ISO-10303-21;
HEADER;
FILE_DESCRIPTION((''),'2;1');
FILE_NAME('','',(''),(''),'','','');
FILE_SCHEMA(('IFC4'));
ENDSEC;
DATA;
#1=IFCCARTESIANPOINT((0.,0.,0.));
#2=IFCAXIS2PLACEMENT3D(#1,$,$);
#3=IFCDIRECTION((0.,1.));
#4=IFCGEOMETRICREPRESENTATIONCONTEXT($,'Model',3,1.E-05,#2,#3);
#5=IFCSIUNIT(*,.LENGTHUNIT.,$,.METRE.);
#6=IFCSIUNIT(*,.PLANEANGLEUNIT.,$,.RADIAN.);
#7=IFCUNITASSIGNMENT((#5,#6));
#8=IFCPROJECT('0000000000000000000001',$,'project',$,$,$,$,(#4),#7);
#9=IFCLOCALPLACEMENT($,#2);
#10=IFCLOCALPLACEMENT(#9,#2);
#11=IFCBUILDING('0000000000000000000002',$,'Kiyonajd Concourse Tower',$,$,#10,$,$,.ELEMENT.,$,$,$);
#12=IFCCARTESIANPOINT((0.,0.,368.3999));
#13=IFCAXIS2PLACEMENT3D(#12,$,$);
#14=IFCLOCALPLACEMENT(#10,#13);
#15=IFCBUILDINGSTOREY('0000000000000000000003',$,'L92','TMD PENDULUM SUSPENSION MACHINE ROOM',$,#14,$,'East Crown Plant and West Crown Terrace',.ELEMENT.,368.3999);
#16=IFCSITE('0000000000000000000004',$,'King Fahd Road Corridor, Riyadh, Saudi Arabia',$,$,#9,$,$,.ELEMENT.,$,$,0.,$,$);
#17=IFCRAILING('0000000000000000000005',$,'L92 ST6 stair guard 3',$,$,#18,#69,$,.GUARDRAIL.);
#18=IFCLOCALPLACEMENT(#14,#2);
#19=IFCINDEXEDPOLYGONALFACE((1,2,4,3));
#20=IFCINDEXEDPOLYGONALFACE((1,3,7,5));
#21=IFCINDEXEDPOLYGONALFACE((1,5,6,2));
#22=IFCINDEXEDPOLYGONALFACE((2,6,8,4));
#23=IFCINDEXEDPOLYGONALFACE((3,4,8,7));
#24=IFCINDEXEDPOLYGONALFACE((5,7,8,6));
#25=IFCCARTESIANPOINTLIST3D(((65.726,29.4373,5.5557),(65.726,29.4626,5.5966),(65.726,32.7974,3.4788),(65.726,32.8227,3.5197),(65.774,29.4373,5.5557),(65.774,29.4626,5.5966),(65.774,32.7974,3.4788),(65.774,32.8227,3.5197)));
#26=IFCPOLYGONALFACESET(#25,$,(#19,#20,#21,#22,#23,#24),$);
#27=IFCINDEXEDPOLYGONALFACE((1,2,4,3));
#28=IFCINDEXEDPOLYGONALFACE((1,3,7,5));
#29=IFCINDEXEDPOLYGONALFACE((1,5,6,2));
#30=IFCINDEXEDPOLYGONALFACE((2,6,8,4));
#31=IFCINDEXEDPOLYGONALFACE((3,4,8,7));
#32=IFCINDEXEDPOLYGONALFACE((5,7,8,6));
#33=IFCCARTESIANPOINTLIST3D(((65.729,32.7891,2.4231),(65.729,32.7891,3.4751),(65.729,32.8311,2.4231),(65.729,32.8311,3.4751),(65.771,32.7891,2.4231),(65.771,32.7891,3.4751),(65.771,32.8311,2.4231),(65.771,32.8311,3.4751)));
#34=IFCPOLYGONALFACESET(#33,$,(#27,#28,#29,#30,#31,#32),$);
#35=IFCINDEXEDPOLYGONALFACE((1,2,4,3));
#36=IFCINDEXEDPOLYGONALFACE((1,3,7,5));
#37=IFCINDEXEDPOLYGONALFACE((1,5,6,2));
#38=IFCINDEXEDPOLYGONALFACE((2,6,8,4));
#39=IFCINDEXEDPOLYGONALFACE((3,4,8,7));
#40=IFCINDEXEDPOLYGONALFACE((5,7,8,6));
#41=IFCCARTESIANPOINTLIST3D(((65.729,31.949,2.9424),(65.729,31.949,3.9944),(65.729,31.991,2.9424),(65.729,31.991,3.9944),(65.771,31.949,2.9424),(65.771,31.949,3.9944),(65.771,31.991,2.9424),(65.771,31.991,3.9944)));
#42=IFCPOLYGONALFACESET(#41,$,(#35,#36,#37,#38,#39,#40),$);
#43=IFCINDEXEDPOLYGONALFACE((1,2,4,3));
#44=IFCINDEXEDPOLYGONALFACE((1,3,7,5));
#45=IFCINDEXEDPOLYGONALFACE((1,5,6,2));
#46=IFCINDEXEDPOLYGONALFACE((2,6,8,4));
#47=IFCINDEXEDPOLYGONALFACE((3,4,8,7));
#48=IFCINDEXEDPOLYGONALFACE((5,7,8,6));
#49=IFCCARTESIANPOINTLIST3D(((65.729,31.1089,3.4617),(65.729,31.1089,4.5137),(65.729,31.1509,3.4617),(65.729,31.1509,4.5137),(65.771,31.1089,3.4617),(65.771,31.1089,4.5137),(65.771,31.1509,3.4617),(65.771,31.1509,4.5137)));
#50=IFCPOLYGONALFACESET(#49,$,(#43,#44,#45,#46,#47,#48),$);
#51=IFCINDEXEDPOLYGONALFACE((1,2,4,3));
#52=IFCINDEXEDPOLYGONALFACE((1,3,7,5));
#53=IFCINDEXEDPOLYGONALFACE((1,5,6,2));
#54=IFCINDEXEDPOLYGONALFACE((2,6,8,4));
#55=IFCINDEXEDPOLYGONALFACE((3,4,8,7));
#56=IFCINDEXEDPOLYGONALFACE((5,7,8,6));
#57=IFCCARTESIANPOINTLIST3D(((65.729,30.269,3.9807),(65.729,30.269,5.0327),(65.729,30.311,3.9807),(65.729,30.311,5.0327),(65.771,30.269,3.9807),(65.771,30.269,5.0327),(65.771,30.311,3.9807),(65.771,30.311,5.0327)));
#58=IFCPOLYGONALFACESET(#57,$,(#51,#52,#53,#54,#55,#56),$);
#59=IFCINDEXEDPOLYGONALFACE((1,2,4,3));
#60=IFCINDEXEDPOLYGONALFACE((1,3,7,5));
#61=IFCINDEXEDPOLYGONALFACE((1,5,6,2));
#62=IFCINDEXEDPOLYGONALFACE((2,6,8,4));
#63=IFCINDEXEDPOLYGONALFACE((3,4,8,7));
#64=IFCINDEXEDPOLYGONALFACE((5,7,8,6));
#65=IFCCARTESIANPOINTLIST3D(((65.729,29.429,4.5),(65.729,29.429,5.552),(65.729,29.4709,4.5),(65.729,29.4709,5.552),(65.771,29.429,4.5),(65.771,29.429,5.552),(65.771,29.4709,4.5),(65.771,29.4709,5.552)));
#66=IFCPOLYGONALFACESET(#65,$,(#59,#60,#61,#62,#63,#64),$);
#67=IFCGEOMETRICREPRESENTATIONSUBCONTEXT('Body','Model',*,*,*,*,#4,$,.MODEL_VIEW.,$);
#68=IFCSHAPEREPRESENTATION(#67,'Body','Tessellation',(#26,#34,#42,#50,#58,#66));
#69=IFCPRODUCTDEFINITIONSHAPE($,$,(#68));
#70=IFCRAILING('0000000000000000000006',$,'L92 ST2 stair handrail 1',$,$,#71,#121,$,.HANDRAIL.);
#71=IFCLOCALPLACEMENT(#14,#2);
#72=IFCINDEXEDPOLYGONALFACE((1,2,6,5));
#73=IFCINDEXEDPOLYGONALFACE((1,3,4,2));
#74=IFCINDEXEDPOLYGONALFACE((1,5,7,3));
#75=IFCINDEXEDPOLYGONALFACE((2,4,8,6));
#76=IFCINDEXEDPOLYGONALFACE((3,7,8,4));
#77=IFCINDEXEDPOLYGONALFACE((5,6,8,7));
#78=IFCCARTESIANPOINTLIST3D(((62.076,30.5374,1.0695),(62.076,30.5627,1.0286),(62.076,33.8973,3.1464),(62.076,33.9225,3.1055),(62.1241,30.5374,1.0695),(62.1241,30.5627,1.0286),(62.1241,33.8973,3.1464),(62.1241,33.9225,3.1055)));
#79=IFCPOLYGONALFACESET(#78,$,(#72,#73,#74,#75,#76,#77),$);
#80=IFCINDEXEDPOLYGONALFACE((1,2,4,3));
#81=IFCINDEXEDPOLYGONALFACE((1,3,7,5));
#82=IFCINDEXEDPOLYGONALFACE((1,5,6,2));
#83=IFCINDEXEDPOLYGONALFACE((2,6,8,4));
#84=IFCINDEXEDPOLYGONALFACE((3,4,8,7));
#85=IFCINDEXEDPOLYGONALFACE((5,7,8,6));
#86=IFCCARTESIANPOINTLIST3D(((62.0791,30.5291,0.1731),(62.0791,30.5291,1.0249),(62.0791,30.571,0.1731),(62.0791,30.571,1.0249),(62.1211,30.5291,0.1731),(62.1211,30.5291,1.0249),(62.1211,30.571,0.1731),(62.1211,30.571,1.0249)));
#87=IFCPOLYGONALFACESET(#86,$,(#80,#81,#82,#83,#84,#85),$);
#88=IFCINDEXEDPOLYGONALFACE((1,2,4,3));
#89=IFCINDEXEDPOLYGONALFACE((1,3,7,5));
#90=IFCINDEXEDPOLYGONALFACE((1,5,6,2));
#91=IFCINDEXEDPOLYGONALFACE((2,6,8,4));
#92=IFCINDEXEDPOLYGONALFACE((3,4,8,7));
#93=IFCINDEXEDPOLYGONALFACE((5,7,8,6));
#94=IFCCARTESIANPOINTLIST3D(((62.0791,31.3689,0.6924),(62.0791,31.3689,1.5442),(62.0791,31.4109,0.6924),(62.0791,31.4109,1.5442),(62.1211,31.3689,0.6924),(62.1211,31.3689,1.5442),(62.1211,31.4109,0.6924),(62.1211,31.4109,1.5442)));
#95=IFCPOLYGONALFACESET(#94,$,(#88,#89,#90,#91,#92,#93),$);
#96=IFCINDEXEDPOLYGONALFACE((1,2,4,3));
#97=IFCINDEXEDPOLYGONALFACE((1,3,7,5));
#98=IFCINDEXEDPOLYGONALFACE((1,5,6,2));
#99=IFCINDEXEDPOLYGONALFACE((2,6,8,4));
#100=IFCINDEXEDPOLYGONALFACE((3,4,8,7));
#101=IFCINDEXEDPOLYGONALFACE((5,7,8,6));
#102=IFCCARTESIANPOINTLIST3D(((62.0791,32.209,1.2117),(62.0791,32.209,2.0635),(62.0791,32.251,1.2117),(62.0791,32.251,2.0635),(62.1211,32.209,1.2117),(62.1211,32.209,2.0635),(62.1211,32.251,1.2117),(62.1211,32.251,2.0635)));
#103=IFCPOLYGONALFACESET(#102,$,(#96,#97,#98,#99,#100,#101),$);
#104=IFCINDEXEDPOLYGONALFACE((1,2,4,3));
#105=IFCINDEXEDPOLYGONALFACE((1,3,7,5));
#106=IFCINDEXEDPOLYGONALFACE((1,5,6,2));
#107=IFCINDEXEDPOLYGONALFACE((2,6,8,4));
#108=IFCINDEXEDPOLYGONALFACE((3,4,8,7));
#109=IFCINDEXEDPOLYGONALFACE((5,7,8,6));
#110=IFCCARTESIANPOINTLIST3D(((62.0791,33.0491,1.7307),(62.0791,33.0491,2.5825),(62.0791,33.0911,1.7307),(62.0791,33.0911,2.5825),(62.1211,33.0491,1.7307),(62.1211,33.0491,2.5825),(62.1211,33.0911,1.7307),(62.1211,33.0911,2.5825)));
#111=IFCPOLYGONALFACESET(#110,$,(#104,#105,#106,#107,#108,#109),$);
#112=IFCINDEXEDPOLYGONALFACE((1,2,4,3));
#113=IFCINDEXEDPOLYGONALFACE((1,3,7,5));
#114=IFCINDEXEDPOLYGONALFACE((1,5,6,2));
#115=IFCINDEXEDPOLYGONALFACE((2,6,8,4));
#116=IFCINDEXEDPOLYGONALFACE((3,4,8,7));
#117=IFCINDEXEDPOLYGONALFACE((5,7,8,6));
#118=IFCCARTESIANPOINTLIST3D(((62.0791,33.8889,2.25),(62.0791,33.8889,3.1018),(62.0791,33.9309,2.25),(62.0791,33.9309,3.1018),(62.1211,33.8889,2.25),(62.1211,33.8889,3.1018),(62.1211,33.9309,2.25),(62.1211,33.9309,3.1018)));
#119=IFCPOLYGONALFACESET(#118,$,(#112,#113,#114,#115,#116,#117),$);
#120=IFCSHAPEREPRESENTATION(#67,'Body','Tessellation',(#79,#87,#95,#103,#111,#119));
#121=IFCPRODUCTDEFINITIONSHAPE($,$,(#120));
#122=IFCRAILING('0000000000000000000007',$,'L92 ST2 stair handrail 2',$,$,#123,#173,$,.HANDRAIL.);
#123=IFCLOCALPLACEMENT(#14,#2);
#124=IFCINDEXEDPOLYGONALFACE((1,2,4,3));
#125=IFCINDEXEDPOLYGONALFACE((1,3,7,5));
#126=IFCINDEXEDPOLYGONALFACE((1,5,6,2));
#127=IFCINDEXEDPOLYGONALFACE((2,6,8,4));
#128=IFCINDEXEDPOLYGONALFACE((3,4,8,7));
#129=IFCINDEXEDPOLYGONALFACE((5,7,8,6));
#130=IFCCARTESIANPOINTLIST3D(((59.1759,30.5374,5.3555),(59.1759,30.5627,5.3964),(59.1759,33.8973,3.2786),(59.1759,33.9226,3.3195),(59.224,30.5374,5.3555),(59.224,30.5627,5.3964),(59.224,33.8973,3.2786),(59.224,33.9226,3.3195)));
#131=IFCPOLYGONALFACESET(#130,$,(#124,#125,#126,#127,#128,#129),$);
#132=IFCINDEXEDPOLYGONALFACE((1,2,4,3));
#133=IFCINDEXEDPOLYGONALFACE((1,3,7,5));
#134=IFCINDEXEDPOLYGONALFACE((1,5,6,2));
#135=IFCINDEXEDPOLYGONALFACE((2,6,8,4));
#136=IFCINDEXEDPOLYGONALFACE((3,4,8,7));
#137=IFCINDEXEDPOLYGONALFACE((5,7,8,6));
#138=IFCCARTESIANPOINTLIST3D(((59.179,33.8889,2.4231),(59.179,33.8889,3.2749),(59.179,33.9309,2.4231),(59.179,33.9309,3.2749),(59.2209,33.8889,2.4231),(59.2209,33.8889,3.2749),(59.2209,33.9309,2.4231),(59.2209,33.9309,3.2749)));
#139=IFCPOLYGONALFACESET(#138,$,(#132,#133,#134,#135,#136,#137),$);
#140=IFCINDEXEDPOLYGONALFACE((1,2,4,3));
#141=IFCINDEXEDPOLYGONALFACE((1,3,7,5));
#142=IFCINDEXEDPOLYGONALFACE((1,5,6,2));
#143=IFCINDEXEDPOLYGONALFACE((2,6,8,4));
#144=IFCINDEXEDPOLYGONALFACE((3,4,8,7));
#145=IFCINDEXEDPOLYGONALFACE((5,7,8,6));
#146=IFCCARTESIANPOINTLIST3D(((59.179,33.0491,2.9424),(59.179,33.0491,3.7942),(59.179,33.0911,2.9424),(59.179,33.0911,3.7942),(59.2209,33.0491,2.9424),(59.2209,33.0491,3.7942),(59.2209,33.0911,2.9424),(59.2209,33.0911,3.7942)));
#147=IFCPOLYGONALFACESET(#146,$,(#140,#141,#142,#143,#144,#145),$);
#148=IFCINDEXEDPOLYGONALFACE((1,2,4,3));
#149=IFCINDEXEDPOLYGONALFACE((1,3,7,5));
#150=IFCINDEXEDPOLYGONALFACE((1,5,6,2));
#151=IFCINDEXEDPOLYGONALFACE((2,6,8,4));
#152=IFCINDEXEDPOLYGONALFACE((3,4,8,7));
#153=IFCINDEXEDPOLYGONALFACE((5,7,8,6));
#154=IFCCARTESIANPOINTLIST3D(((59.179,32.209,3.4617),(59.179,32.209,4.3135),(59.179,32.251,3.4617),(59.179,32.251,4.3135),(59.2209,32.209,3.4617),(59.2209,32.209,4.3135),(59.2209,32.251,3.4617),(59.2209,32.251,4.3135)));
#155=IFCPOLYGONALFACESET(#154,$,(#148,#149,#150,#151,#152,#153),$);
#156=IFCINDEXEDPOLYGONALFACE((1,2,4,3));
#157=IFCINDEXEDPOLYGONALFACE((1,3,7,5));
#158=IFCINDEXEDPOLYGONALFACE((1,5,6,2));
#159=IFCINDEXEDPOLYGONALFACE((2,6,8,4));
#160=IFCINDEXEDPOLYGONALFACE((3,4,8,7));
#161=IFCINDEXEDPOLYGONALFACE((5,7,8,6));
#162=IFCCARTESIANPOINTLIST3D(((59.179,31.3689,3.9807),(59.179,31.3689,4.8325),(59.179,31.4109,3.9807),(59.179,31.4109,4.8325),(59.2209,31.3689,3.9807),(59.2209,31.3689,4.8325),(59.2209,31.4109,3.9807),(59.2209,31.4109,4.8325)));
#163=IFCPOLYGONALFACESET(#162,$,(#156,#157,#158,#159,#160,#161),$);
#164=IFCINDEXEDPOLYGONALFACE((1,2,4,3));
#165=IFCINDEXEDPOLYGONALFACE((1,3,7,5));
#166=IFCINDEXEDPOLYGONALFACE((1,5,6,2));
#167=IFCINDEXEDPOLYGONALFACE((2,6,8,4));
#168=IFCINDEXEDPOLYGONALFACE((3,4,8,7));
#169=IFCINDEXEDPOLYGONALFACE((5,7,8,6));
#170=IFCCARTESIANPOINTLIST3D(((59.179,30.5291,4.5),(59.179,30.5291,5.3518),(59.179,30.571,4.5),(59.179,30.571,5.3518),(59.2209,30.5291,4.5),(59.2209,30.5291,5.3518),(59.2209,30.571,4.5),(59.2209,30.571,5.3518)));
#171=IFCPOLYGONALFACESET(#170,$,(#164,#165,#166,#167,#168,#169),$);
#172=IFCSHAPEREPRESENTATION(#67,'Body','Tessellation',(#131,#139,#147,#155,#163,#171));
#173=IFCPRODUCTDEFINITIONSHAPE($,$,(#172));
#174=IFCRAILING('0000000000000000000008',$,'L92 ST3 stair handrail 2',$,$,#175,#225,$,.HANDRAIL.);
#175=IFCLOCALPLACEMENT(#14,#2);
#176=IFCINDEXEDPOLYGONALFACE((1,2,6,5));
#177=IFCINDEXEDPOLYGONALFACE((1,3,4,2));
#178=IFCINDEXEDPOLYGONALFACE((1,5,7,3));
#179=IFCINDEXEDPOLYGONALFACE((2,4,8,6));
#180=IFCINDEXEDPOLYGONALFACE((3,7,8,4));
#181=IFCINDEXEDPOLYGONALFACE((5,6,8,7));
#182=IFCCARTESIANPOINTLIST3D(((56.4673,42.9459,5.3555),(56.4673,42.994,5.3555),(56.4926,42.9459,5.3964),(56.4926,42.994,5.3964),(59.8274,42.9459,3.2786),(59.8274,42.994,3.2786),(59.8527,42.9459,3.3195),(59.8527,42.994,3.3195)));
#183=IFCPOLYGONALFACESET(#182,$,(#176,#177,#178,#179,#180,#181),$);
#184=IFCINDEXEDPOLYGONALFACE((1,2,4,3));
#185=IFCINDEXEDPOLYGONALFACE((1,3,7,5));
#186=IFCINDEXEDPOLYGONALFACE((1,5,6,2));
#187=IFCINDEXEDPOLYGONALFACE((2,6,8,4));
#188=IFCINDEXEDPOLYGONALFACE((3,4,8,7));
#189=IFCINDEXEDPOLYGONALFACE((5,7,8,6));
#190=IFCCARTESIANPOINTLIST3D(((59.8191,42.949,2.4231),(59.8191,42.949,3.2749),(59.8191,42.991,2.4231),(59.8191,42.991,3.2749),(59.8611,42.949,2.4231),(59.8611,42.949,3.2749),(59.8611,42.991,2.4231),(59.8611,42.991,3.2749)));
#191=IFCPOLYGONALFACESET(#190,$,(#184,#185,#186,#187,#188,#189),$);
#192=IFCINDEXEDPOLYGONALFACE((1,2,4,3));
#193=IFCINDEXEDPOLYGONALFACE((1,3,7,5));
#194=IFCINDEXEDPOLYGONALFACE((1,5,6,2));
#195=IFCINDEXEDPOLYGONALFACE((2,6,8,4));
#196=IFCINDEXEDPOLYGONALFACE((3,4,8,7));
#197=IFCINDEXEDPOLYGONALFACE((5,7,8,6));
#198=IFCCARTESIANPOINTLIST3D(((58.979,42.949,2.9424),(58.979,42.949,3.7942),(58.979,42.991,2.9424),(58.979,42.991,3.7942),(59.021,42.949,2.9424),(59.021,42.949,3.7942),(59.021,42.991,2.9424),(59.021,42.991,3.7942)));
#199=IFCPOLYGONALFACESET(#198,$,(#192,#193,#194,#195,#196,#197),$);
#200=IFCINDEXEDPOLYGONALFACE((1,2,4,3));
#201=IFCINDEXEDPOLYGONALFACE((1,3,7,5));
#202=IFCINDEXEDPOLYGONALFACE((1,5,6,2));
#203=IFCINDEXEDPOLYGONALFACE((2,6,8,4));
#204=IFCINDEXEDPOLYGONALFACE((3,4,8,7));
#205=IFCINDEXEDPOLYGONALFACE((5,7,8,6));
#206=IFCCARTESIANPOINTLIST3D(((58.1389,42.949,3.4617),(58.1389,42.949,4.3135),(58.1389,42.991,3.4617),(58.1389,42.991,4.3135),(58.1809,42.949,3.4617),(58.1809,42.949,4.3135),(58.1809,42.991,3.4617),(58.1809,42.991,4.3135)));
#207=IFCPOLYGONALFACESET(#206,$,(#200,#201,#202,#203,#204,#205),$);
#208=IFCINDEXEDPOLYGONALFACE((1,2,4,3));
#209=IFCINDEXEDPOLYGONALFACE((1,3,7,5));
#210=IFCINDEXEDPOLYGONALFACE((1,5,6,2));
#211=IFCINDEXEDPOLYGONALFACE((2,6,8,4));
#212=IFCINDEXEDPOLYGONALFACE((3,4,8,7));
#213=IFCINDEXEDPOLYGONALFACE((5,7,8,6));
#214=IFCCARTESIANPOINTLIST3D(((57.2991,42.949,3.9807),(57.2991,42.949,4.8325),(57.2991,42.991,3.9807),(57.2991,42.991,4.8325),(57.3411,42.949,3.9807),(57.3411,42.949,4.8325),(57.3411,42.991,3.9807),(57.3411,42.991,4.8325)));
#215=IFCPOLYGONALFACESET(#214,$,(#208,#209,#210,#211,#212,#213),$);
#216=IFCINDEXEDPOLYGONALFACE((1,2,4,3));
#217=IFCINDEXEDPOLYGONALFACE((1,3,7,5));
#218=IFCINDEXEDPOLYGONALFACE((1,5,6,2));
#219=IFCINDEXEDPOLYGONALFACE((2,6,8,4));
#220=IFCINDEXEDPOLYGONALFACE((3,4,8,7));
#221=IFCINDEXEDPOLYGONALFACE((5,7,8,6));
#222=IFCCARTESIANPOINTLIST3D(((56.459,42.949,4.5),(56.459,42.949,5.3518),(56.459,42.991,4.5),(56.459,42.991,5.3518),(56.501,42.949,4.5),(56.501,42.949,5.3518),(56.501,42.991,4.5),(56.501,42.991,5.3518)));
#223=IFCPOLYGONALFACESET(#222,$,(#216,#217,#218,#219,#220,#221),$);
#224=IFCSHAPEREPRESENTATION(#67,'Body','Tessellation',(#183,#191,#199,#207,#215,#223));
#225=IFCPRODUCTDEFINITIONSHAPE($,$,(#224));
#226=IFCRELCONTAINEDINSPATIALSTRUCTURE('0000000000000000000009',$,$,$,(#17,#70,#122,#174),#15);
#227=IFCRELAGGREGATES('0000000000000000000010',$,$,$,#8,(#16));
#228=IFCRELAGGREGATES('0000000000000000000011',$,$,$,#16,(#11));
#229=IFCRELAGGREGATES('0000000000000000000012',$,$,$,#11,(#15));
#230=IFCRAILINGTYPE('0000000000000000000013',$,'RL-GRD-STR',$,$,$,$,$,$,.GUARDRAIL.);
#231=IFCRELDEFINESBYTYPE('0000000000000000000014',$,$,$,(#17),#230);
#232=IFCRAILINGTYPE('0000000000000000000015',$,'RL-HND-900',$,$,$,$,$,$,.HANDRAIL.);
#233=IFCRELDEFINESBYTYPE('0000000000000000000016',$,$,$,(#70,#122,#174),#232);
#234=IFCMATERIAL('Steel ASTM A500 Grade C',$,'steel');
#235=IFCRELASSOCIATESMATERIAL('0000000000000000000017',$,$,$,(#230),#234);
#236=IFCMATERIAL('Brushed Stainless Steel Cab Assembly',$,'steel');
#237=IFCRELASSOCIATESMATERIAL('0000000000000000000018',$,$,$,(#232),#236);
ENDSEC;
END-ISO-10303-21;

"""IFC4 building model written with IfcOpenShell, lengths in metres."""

from ifc_helpers import new_model, si_unit, direction, frame, origin, origin_2d, place, context, subcontext, project, spatial, rectangle, extrude, material, type_object, element, save


model = new_model("IFC4")

# Units and contexts
model_context = context("Model", 3, precision=1e-05, world=origin(), true_north=direction((0.0, 1.0)))
body_context = subcontext(model_context, "Body", "Model", "MODEL_VIEW")
ifc_project = project(units=[si_unit("LENGTHUNIT", "METRE"), si_unit("PLANEANGLEUNIT", "RADIAN")], contexts=[model_context])

# Site, building, storey
site_placement = place(None, origin())
site = spatial("IfcSite", under=ifc_project, at=site_placement, Name="King Fahd Road Corridor, Riyadh, Saudi Arabia", CompositionType="ELEMENT", RefElevation=0.0)
building_placement = place(site_placement, origin())
building = spatial("IfcBuilding", under=site, at=building_placement, Name="Kiyonajd Concourse Tower", CompositionType="ELEMENT")
storey_placement = place(building_placement, frame((0.0, 0.0, 368.3999)))
storey = spatial("IfcBuildingStorey", under=building, at=storey_placement, Name="L92", Description="TMD PENDULUM SUSPENSION MACHINE ROOM", LongName="East Crown Plant and West Crown Terrace", CompositionType="ELEMENT", Elevation=368.3999)

# Railings
ifc_material_1 = material(Name="Steel ASTM A500 Grade C", Category="steel")
railing_type_1 = type_object("IfcRailingType", Name="RL-GRD-STR", PredefinedType="GUARDRAIL", material=ifc_material_1)
railing_1_placement = place(storey_placement, frame((65.75, 32.8101, 2.4231)))
element("IfcRailing", 1, at=railing_1_placement, inside=storey, type_object=railing_type_1, Name="L92 ST6 stair guard 3", PredefinedType="GUARDRAIL", context=body_context, shape_type="SweptSolid", body=[
    extrude(rectangle(XDim=0.0481, YDim=0.0481, at=origin_2d()), frame((0.0, 0.0, 1.0762), z_axis=(0.0, -0.850623, 0.525776), x_axis=(1.0, 0.0, 0.0)), (0.0, 0.0, 1.0), 3.9502),
    extrude(rectangle(XDim=0.042, YDim=0.042, at=origin_2d()), origin(), (0.0, 0.0, 1.0), 1.052),
    extrude(rectangle(XDim=0.042, YDim=0.042, at=origin_2d()), frame((0.0, -0.8401, 0.5193)), (0.0, 0.0, 1.0), 1.052),
    extrude(rectangle(XDim=0.042, YDim=0.042, at=origin_2d()), frame((0.0, -1.6802, 1.0386)), (0.0, 0.0, 1.0), 1.052),
    extrude(rectangle(XDim=0.042, YDim=0.042, at=origin_2d()), frame((0.0, -2.52, 1.5576)), (0.0, 0.0, 1.0), 1.052),
    extrude(rectangle(XDim=0.042, YDim=0.042, at=origin_2d()), frame((0.0, -3.3601, 2.0769)), (0.0, 0.0, 1.0), 1.052),
])
ifc_material_2 = material(Name="Brushed Stainless Steel Cab Assembly", Category="steel")
railing_type_2 = type_object("IfcRailingType", Name="RL-HND-900", PredefinedType="HANDRAIL", material=ifc_material_2)
railing_2_placement = place(storey_placement, frame((62.1001, 30.55, 0.1731)))
element("IfcRailing", 2, at=railing_2_placement, inside=storey, type_object=railing_type_2, Name="L92 ST2 stair handrail 1", PredefinedType="HANDRAIL", context=body_context, shape_type="SweptSolid", body=[
    extrude(rectangle(XDim=0.0481, YDim=0.0481, at=origin_2d()), frame((0.0, 0.0, 0.876), z_axis=(0.0, 0.850606, 0.525803), x_axis=(-1.0, 0.0, 0.0)), (0.0, 0.0, 1.0), 3.95),
    extrude(rectangle(XDim=0.042, YDim=0.042, at=origin_2d()), origin(), (0.0, 0.0, 1.0), 0.8518),
    extrude(rectangle(XDim=0.042, YDim=0.042, at=origin_2d()), frame((0.0, 0.8398, 0.5193)), (0.0, 0.0, 1.0), 0.8518),
    extrude(rectangle(XDim=0.042, YDim=0.042, at=origin_2d()), frame((0.0, 1.6799, 1.0386)), (0.0, 0.0, 1.0), 0.8518),
    extrude(rectangle(XDim=0.042, YDim=0.042, at=origin_2d()), frame((0.0, 2.52, 1.5576)), (0.0, 0.0, 1.0), 0.8518),
    extrude(rectangle(XDim=0.042, YDim=0.042, at=origin_2d()), frame((0.0, 3.3599, 2.0769)), (0.0, 0.0, 1.0), 0.8518),
])
railing_3_placement = place(storey_placement, frame((59.2, 33.9099, 2.4231)))
element("IfcRailing", 3, at=railing_3_placement, inside=storey, type_object=railing_type_2, Name="L92 ST2 stair handrail 2", PredefinedType="HANDRAIL", context=body_context, shape_type="SweptSolid", body=[
    extrude(rectangle(XDim=0.0481, YDim=0.0481, at=origin_2d()), frame((0.0, 0.0, 0.876), z_axis=(0.0, -0.850606, 0.525803), x_axis=(1.0, 0.0, 0.0)), (0.0, 0.0, 1.0), 3.95),
    extrude(rectangle(XDim=0.042, YDim=0.042, at=origin_2d()), origin(), (0.0, 0.0, 1.0), 0.8518),
    extrude(rectangle(XDim=0.042, YDim=0.042, at=origin_2d()), frame((0.0, -0.8398, 0.5193)), (0.0, 0.0, 1.0), 0.8518),
    extrude(rectangle(XDim=0.042, YDim=0.042, at=origin_2d()), frame((0.0, -1.6799, 1.0386)), (0.0, 0.0, 1.0), 0.8518),
    extrude(rectangle(XDim=0.042, YDim=0.042, at=origin_2d()), frame((0.0, -2.52, 1.5576)), (0.0, 0.0, 1.0), 0.8518),
    extrude(rectangle(XDim=0.042, YDim=0.042, at=origin_2d()), frame((0.0, -3.3599, 2.0769)), (0.0, 0.0, 1.0), 0.8518),
])
railing_4_placement = place(storey_placement, frame((59.8401, 42.97, 2.4231)))
element("IfcRailing", 4, at=railing_4_placement, inside=storey, type_object=railing_type_2, Name="L92 ST3 stair handrail 2", PredefinedType="HANDRAIL", context=body_context, shape_type="SweptSolid", body=[
    extrude(rectangle(XDim=0.0481, YDim=0.0481, at=origin_2d()), frame((0.0, 0.0, 0.876), z_axis=(-0.850623, 0.0, 0.525776), x_axis=(0.0, -1.0, 0.0)), (0.0, 0.0, 1.0), 3.9502),
    extrude(rectangle(XDim=0.042, YDim=0.042, at=origin_2d()), origin(), (0.0, 0.0, 1.0), 0.8518),
    extrude(rectangle(XDim=0.042, YDim=0.042, at=origin_2d()), frame((-0.8401, 0.0, 0.5193)), (0.0, 0.0, 1.0), 0.8518),
    extrude(rectangle(XDim=0.042, YDim=0.042, at=origin_2d()), frame((-1.6802, 0.0, 1.0386)), (0.0, 0.0, 1.0), 0.8518),
    extrude(rectangle(XDim=0.042, YDim=0.042, at=origin_2d()), frame((-2.52, 0.0, 1.5576)), (0.0, 0.0, 1.0), 0.8518),
    extrude(rectangle(XDim=0.042, YDim=0.042, at=origin_2d()), frame((-3.3601, 0.0, 2.0769)), (0.0, 0.0, 1.0), 0.8518),
])

save(model, "model.ifc")
